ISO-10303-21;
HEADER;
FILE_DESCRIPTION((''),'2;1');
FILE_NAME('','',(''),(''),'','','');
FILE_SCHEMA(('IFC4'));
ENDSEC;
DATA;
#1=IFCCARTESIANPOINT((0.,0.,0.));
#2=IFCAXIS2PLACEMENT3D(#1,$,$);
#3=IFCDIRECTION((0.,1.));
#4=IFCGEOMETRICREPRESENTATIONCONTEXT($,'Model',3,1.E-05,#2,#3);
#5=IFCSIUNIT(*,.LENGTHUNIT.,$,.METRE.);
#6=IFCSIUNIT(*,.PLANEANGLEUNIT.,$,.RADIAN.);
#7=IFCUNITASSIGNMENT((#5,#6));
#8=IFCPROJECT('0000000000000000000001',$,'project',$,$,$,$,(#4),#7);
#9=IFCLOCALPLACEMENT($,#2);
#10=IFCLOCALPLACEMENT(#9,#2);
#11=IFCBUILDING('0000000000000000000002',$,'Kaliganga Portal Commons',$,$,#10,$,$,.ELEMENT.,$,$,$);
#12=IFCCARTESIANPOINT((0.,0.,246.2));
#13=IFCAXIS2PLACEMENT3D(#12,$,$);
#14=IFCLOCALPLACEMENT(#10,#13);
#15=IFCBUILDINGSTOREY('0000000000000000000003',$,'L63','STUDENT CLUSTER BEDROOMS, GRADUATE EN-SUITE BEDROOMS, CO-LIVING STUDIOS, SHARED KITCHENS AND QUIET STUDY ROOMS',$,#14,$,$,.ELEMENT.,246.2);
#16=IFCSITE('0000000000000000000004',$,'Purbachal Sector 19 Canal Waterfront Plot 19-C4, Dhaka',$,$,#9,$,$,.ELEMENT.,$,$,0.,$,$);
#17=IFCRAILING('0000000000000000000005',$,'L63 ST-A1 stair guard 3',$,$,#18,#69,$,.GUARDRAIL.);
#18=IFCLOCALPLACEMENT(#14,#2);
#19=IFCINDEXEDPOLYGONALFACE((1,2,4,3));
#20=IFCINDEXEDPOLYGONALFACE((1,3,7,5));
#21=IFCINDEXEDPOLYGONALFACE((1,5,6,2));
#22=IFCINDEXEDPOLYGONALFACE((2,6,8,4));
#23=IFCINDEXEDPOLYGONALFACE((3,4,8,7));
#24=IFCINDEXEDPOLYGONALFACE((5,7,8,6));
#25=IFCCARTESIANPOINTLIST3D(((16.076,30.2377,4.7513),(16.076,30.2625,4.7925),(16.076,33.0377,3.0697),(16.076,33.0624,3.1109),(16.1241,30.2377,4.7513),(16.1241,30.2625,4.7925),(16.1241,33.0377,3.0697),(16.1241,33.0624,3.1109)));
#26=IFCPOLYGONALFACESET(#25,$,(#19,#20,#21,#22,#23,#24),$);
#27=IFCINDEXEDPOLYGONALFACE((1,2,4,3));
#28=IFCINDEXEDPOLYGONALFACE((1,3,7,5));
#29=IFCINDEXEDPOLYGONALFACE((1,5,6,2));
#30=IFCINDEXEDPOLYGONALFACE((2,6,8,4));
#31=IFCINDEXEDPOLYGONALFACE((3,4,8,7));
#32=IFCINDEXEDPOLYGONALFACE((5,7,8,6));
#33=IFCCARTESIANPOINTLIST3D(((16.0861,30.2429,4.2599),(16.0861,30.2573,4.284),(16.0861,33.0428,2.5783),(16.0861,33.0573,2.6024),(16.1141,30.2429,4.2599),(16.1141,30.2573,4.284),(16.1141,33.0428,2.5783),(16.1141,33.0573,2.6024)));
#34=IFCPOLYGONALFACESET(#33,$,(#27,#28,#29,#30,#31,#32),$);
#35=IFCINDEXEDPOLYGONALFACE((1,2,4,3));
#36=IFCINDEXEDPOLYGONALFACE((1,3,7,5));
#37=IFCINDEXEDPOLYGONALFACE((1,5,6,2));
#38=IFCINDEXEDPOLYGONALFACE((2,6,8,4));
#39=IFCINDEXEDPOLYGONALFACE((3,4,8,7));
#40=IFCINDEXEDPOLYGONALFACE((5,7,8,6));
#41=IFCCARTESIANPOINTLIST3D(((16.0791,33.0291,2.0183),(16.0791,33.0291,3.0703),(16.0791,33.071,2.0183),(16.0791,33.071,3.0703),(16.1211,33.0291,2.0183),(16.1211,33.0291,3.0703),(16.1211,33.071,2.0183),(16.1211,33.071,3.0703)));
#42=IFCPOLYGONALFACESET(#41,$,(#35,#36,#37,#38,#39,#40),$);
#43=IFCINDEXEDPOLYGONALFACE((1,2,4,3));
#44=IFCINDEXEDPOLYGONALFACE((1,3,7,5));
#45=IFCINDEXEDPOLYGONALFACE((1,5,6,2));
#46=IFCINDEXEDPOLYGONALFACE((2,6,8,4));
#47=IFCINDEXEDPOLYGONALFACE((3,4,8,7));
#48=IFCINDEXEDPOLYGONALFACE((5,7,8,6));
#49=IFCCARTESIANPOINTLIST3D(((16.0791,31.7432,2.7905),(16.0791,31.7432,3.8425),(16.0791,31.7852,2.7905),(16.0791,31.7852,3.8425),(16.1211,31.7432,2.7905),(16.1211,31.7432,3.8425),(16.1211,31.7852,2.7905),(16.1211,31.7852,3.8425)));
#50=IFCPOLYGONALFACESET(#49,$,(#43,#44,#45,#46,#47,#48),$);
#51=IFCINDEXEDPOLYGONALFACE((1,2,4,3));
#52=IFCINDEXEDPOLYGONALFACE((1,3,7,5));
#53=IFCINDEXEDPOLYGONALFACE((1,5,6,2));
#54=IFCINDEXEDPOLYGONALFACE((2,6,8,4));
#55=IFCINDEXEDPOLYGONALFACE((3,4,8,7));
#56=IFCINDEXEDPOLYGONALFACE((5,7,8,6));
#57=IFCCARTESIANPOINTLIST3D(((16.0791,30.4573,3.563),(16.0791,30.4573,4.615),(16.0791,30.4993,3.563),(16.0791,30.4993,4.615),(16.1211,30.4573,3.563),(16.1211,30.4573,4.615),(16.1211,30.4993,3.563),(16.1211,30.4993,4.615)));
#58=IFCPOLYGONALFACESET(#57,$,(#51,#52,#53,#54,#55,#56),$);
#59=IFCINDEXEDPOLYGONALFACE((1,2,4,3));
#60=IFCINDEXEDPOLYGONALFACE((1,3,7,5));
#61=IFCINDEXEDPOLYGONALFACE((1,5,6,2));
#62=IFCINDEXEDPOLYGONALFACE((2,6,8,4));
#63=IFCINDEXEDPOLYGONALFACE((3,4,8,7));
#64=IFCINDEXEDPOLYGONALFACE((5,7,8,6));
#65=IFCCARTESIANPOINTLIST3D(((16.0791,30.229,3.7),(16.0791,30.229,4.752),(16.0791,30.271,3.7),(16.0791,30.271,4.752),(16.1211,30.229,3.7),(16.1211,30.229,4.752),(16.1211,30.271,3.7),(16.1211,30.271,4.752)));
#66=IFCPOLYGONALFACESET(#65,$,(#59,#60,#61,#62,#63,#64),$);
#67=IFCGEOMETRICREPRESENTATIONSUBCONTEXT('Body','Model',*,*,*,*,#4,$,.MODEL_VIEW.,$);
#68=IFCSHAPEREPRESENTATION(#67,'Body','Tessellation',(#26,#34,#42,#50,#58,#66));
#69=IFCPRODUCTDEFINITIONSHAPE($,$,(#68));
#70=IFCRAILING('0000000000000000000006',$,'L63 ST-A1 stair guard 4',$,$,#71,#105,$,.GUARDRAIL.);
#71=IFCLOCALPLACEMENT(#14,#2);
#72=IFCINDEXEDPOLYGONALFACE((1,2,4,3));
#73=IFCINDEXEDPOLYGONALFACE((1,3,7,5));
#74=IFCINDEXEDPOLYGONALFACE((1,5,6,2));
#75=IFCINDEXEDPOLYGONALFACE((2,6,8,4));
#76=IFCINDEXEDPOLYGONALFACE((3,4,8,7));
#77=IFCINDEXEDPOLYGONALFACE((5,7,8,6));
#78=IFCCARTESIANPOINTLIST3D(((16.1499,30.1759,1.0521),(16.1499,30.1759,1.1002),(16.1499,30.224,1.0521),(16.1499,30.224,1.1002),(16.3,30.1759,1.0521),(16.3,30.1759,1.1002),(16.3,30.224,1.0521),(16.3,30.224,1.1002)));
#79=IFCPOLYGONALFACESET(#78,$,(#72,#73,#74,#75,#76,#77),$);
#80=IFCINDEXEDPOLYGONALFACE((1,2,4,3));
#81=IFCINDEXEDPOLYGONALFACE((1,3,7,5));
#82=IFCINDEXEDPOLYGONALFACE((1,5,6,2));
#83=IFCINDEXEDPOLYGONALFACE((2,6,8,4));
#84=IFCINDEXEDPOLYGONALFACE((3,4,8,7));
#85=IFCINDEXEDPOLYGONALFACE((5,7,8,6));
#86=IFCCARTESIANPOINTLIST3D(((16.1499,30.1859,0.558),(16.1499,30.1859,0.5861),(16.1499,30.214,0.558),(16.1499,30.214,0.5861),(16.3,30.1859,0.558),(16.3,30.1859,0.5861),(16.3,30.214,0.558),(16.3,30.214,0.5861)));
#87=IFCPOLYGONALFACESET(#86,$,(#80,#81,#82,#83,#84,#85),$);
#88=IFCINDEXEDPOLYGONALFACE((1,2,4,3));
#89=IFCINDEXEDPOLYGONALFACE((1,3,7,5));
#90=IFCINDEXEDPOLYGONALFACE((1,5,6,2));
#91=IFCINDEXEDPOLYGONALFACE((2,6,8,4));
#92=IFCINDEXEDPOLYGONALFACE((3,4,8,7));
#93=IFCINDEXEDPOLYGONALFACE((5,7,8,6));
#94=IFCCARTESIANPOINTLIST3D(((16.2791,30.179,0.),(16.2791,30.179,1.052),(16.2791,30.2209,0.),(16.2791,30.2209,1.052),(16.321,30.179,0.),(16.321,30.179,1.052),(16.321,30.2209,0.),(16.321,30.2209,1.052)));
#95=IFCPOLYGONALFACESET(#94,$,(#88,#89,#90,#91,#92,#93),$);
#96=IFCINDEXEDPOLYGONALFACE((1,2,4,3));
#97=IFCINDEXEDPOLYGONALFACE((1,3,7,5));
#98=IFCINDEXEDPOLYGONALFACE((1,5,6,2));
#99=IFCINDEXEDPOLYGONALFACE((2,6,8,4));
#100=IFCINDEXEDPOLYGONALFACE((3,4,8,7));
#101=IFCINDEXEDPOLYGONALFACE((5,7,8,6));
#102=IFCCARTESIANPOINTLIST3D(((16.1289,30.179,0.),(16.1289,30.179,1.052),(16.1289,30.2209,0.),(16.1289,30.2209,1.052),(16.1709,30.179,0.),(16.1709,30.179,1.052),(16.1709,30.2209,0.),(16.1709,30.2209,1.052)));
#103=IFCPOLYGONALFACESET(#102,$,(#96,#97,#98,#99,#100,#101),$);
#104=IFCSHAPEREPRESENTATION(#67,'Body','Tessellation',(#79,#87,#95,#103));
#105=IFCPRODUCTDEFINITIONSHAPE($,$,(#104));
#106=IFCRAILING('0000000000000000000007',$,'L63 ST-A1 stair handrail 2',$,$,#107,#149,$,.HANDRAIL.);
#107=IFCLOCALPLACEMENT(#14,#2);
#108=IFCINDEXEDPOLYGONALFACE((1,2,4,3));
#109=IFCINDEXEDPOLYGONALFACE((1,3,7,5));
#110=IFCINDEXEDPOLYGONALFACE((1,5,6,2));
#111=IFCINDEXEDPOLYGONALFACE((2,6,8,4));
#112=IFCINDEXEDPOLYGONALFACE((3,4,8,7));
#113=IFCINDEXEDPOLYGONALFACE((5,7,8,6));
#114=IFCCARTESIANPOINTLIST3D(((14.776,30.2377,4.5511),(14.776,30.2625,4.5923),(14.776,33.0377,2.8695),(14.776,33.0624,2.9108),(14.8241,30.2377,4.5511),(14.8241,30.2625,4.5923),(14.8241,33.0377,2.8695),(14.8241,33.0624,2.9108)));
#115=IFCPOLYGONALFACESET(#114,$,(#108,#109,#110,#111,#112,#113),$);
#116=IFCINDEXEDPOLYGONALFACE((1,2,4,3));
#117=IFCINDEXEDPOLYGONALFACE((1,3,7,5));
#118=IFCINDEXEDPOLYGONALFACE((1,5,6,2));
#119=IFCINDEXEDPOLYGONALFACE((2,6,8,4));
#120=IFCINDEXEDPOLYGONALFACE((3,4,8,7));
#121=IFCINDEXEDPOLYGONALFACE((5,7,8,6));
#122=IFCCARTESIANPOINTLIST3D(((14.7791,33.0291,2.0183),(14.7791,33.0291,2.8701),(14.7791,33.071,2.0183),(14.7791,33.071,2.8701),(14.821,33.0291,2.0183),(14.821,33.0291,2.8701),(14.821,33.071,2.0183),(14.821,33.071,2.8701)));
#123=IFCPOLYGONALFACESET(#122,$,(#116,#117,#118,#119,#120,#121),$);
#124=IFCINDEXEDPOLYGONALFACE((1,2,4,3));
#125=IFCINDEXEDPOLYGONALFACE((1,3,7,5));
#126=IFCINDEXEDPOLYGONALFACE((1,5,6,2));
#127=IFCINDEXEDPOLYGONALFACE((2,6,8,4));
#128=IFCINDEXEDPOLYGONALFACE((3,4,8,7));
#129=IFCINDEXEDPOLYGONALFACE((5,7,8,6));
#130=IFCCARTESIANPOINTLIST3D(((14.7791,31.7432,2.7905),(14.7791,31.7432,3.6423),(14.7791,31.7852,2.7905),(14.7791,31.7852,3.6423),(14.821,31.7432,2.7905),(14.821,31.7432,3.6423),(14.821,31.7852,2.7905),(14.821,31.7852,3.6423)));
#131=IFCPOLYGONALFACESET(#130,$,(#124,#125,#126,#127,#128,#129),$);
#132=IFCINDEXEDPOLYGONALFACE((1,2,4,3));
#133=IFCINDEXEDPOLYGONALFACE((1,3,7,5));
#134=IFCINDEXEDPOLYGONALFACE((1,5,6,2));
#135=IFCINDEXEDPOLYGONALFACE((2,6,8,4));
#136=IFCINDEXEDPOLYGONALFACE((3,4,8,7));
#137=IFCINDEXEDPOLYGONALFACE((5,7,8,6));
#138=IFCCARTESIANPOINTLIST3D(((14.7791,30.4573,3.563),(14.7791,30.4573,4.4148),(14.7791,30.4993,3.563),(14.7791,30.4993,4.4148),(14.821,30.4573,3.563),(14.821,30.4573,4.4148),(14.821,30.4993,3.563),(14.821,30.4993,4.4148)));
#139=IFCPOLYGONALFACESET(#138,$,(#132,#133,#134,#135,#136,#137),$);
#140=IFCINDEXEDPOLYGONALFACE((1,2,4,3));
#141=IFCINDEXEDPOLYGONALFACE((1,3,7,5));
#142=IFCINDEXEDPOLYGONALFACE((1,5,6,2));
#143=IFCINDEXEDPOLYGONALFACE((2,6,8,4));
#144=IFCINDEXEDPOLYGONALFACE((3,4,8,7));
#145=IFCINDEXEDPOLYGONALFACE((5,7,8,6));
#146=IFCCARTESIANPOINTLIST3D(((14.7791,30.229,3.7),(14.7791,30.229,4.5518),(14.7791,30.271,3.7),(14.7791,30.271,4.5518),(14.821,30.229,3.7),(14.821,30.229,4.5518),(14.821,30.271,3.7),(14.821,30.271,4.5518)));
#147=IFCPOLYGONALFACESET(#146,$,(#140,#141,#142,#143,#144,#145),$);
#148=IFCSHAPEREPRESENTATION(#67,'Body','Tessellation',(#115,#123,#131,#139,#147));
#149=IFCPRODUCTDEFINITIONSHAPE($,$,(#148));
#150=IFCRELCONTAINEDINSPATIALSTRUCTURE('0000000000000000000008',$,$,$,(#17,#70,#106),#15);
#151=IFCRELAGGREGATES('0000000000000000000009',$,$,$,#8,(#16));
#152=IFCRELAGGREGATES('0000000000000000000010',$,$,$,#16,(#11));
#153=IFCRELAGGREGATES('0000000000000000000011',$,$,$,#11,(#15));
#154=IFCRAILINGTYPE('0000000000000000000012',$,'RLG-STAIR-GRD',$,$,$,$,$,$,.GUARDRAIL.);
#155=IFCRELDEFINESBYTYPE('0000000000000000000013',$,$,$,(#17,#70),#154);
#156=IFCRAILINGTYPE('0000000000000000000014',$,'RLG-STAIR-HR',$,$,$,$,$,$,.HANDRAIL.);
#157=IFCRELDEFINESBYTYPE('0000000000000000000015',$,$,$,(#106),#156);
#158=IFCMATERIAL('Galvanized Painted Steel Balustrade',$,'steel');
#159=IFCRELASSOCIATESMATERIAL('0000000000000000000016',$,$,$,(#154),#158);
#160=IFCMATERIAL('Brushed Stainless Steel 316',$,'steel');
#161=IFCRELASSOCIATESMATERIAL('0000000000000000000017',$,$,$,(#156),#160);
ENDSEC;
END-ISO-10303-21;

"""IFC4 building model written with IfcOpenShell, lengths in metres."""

from ifc_helpers import new_model, si_unit, direction, frame, origin, origin_2d, place, context, subcontext, project, spatial, rectangle, extrude, material, type_object, element, save


model = new_model("IFC4")

# Units and contexts
model_context = context("Model", 3, precision=1e-05, world=origin(), true_north=direction((0.0, 1.0)))
body_context = subcontext(model_context, "Body", "Model", "MODEL_VIEW")
ifc_project = project(units=[si_unit("LENGTHUNIT", "METRE"), si_unit("PLANEANGLEUNIT", "RADIAN")], contexts=[model_context])

# Site, building, storey
site_placement = place(None, origin())
site = spatial("IfcSite", under=ifc_project, at=site_placement, Name="Purbachal Sector 19 Canal Waterfront Plot 19-C4, Dhaka", CompositionType="ELEMENT", RefElevation=0.0)
building_placement = place(site_placement, origin())
building = spatial("IfcBuilding", under=site, at=building_placement, Name="Kaliganga Portal Commons", CompositionType="ELEMENT")
storey_placement = place(building_placement, frame((0.0, 0.0, 246.2)))
storey = spatial("IfcBuildingStorey", under=building, at=storey_placement, Name="L63", Description="STUDENT CLUSTER BEDROOMS, GRADUATE EN-SUITE BEDROOMS, CO-LIVING STUDIOS, SHARED KITCHENS AND QUIET STUDY ROOMS", CompositionType="ELEMENT", Elevation=246.2)

# Railings
ifc_material_1 = material(Name="Galvanized Painted Steel Balustrade", Category="steel")
railing_type_1 = type_object("IfcRailingType", Name="RLG-STAIR-GRD", PredefinedType="GUARDRAIL", material=ifc_material_1)
railing_1_placement = place(storey_placement, frame((16.1001, 33.05, 2.0183)))
element("IfcRailing", 1, at=railing_1_placement, inside=storey, type_object=railing_type_1, Name="L63 ST-A1 stair guard 3", PredefinedType="GUARDRAIL", context=body_context, shape_type="SweptSolid", body=[
    extrude(rectangle(XDim=0.0481, YDim=0.0481, at=origin_2d()), frame((0.0, 0.0, 1.072), z_axis=(0.0, -0.857275, 0.514858), x_axis=(1.0, 0.0, 0.0)), (0.0, 0.0, 1.0), 3.2661),
    extrude(rectangle(XDim=0.0281, YDim=0.0281, at=origin_2d()), frame((0.0, 0.0, 0.572), z_axis=(0.0, -0.857275, 0.514858), x_axis=(1.0, 0.0, 0.0)), (0.0, 0.0, 1.0), 3.2661),
    extrude(rectangle(XDim=0.042, YDim=0.042, at=origin_2d()), origin(), (0.0, 0.0, 1.0), 1.052),
    extrude(rectangle(XDim=0.042, YDim=0.042, at=origin_2d()), frame((0.0, -1.2859, 0.7722)), (0.0, 0.0, 1.0), 1.052),
    extrude(rectangle(XDim=0.042, YDim=0.042, at=origin_2d()), frame((0.0, -2.5718, 1.5447)), (0.0, 0.0, 1.0), 1.052),
    extrude(rectangle(XDim=0.042, YDim=0.042, at=origin_2d()), frame((0.0, -2.8, 1.6816)), (0.0, 0.0, 1.0), 1.052),
])
railing_2_placement = place(storey_placement, frame((16.3, 30.2, 0.0)))
element("IfcRailing", 2, at=railing_2_placement, inside=storey, type_object=railing_type_1, Name="L63 ST-A1 stair guard 4", PredefinedType="GUARDRAIL", context=body_context, shape_type="SweptSolid", body=[
    extrude(rectangle(XDim=0.0481, YDim=0.0481, at=origin_2d()), frame((0.0, 0.0, 1.0762), z_axis=(-1.0, 0.0, 0.0), x_axis=(0.0, -1.0, 0.0)), (0.0, 0.0, 1.0), 0.1501),
    extrude(rectangle(XDim=0.0281, YDim=0.0281, at=origin_2d()), frame((0.0, 0.0, 0.572), z_axis=(-1.0, 0.0, 0.0), x_axis=(0.0, -1.0, 0.0)), (0.0, 0.0, 1.0), 0.1501),
    extrude(rectangle(XDim=0.042, YDim=0.042, at=origin_2d()), origin(), (0.0, 0.0, 1.0), 1.052),
    extrude(rectangle(XDim=0.042, YDim=0.042, at=origin_2d()), frame((-0.1501, 0.0, 0.0)), (0.0, 0.0, 1.0), 1.052),
])
ifc_material_2 = material(Name="Brushed Stainless Steel 316", Category="steel")
railing_type_2 = type_object("IfcRailingType", Name="RLG-STAIR-HR", PredefinedType="HANDRAIL", material=ifc_material_2)
railing_3_placement = place(storey_placement, frame((14.8, 33.05, 2.0183)))
element("IfcRailing", 3, at=railing_3_placement, inside=storey, type_object=railing_type_2, Name="L63 ST-A1 stair handrail 2", PredefinedType="HANDRAIL", context=body_context, shape_type="SweptSolid", body=[
    extrude(rectangle(XDim=0.0481, YDim=0.0481, at=origin_2d()), frame((0.0, 0.0, 0.8718), z_axis=(0.0, -0.857275, 0.514858), x_axis=(1.0, 0.0, 0.0)), (0.0, 0.0, 1.0), 3.2661),
    extrude(rectangle(XDim=0.042, YDim=0.042, at=origin_2d()), origin(), (0.0, 0.0, 1.0), 0.8518),
    extrude(rectangle(XDim=0.042, YDim=0.042, at=origin_2d()), frame((0.0, -1.2859, 0.7722)), (0.0, 0.0, 1.0), 0.8518),
    extrude(rectangle(XDim=0.042, YDim=0.042, at=origin_2d()), frame((0.0, -2.5718, 1.5447)), (0.0, 0.0, 1.0), 0.8518),
    extrude(rectangle(XDim=0.042, YDim=0.042, at=origin_2d()), frame((0.0, -2.8, 1.6816)), (0.0, 0.0, 1.0), 0.8518),
])

save(model, "model.ifc")
